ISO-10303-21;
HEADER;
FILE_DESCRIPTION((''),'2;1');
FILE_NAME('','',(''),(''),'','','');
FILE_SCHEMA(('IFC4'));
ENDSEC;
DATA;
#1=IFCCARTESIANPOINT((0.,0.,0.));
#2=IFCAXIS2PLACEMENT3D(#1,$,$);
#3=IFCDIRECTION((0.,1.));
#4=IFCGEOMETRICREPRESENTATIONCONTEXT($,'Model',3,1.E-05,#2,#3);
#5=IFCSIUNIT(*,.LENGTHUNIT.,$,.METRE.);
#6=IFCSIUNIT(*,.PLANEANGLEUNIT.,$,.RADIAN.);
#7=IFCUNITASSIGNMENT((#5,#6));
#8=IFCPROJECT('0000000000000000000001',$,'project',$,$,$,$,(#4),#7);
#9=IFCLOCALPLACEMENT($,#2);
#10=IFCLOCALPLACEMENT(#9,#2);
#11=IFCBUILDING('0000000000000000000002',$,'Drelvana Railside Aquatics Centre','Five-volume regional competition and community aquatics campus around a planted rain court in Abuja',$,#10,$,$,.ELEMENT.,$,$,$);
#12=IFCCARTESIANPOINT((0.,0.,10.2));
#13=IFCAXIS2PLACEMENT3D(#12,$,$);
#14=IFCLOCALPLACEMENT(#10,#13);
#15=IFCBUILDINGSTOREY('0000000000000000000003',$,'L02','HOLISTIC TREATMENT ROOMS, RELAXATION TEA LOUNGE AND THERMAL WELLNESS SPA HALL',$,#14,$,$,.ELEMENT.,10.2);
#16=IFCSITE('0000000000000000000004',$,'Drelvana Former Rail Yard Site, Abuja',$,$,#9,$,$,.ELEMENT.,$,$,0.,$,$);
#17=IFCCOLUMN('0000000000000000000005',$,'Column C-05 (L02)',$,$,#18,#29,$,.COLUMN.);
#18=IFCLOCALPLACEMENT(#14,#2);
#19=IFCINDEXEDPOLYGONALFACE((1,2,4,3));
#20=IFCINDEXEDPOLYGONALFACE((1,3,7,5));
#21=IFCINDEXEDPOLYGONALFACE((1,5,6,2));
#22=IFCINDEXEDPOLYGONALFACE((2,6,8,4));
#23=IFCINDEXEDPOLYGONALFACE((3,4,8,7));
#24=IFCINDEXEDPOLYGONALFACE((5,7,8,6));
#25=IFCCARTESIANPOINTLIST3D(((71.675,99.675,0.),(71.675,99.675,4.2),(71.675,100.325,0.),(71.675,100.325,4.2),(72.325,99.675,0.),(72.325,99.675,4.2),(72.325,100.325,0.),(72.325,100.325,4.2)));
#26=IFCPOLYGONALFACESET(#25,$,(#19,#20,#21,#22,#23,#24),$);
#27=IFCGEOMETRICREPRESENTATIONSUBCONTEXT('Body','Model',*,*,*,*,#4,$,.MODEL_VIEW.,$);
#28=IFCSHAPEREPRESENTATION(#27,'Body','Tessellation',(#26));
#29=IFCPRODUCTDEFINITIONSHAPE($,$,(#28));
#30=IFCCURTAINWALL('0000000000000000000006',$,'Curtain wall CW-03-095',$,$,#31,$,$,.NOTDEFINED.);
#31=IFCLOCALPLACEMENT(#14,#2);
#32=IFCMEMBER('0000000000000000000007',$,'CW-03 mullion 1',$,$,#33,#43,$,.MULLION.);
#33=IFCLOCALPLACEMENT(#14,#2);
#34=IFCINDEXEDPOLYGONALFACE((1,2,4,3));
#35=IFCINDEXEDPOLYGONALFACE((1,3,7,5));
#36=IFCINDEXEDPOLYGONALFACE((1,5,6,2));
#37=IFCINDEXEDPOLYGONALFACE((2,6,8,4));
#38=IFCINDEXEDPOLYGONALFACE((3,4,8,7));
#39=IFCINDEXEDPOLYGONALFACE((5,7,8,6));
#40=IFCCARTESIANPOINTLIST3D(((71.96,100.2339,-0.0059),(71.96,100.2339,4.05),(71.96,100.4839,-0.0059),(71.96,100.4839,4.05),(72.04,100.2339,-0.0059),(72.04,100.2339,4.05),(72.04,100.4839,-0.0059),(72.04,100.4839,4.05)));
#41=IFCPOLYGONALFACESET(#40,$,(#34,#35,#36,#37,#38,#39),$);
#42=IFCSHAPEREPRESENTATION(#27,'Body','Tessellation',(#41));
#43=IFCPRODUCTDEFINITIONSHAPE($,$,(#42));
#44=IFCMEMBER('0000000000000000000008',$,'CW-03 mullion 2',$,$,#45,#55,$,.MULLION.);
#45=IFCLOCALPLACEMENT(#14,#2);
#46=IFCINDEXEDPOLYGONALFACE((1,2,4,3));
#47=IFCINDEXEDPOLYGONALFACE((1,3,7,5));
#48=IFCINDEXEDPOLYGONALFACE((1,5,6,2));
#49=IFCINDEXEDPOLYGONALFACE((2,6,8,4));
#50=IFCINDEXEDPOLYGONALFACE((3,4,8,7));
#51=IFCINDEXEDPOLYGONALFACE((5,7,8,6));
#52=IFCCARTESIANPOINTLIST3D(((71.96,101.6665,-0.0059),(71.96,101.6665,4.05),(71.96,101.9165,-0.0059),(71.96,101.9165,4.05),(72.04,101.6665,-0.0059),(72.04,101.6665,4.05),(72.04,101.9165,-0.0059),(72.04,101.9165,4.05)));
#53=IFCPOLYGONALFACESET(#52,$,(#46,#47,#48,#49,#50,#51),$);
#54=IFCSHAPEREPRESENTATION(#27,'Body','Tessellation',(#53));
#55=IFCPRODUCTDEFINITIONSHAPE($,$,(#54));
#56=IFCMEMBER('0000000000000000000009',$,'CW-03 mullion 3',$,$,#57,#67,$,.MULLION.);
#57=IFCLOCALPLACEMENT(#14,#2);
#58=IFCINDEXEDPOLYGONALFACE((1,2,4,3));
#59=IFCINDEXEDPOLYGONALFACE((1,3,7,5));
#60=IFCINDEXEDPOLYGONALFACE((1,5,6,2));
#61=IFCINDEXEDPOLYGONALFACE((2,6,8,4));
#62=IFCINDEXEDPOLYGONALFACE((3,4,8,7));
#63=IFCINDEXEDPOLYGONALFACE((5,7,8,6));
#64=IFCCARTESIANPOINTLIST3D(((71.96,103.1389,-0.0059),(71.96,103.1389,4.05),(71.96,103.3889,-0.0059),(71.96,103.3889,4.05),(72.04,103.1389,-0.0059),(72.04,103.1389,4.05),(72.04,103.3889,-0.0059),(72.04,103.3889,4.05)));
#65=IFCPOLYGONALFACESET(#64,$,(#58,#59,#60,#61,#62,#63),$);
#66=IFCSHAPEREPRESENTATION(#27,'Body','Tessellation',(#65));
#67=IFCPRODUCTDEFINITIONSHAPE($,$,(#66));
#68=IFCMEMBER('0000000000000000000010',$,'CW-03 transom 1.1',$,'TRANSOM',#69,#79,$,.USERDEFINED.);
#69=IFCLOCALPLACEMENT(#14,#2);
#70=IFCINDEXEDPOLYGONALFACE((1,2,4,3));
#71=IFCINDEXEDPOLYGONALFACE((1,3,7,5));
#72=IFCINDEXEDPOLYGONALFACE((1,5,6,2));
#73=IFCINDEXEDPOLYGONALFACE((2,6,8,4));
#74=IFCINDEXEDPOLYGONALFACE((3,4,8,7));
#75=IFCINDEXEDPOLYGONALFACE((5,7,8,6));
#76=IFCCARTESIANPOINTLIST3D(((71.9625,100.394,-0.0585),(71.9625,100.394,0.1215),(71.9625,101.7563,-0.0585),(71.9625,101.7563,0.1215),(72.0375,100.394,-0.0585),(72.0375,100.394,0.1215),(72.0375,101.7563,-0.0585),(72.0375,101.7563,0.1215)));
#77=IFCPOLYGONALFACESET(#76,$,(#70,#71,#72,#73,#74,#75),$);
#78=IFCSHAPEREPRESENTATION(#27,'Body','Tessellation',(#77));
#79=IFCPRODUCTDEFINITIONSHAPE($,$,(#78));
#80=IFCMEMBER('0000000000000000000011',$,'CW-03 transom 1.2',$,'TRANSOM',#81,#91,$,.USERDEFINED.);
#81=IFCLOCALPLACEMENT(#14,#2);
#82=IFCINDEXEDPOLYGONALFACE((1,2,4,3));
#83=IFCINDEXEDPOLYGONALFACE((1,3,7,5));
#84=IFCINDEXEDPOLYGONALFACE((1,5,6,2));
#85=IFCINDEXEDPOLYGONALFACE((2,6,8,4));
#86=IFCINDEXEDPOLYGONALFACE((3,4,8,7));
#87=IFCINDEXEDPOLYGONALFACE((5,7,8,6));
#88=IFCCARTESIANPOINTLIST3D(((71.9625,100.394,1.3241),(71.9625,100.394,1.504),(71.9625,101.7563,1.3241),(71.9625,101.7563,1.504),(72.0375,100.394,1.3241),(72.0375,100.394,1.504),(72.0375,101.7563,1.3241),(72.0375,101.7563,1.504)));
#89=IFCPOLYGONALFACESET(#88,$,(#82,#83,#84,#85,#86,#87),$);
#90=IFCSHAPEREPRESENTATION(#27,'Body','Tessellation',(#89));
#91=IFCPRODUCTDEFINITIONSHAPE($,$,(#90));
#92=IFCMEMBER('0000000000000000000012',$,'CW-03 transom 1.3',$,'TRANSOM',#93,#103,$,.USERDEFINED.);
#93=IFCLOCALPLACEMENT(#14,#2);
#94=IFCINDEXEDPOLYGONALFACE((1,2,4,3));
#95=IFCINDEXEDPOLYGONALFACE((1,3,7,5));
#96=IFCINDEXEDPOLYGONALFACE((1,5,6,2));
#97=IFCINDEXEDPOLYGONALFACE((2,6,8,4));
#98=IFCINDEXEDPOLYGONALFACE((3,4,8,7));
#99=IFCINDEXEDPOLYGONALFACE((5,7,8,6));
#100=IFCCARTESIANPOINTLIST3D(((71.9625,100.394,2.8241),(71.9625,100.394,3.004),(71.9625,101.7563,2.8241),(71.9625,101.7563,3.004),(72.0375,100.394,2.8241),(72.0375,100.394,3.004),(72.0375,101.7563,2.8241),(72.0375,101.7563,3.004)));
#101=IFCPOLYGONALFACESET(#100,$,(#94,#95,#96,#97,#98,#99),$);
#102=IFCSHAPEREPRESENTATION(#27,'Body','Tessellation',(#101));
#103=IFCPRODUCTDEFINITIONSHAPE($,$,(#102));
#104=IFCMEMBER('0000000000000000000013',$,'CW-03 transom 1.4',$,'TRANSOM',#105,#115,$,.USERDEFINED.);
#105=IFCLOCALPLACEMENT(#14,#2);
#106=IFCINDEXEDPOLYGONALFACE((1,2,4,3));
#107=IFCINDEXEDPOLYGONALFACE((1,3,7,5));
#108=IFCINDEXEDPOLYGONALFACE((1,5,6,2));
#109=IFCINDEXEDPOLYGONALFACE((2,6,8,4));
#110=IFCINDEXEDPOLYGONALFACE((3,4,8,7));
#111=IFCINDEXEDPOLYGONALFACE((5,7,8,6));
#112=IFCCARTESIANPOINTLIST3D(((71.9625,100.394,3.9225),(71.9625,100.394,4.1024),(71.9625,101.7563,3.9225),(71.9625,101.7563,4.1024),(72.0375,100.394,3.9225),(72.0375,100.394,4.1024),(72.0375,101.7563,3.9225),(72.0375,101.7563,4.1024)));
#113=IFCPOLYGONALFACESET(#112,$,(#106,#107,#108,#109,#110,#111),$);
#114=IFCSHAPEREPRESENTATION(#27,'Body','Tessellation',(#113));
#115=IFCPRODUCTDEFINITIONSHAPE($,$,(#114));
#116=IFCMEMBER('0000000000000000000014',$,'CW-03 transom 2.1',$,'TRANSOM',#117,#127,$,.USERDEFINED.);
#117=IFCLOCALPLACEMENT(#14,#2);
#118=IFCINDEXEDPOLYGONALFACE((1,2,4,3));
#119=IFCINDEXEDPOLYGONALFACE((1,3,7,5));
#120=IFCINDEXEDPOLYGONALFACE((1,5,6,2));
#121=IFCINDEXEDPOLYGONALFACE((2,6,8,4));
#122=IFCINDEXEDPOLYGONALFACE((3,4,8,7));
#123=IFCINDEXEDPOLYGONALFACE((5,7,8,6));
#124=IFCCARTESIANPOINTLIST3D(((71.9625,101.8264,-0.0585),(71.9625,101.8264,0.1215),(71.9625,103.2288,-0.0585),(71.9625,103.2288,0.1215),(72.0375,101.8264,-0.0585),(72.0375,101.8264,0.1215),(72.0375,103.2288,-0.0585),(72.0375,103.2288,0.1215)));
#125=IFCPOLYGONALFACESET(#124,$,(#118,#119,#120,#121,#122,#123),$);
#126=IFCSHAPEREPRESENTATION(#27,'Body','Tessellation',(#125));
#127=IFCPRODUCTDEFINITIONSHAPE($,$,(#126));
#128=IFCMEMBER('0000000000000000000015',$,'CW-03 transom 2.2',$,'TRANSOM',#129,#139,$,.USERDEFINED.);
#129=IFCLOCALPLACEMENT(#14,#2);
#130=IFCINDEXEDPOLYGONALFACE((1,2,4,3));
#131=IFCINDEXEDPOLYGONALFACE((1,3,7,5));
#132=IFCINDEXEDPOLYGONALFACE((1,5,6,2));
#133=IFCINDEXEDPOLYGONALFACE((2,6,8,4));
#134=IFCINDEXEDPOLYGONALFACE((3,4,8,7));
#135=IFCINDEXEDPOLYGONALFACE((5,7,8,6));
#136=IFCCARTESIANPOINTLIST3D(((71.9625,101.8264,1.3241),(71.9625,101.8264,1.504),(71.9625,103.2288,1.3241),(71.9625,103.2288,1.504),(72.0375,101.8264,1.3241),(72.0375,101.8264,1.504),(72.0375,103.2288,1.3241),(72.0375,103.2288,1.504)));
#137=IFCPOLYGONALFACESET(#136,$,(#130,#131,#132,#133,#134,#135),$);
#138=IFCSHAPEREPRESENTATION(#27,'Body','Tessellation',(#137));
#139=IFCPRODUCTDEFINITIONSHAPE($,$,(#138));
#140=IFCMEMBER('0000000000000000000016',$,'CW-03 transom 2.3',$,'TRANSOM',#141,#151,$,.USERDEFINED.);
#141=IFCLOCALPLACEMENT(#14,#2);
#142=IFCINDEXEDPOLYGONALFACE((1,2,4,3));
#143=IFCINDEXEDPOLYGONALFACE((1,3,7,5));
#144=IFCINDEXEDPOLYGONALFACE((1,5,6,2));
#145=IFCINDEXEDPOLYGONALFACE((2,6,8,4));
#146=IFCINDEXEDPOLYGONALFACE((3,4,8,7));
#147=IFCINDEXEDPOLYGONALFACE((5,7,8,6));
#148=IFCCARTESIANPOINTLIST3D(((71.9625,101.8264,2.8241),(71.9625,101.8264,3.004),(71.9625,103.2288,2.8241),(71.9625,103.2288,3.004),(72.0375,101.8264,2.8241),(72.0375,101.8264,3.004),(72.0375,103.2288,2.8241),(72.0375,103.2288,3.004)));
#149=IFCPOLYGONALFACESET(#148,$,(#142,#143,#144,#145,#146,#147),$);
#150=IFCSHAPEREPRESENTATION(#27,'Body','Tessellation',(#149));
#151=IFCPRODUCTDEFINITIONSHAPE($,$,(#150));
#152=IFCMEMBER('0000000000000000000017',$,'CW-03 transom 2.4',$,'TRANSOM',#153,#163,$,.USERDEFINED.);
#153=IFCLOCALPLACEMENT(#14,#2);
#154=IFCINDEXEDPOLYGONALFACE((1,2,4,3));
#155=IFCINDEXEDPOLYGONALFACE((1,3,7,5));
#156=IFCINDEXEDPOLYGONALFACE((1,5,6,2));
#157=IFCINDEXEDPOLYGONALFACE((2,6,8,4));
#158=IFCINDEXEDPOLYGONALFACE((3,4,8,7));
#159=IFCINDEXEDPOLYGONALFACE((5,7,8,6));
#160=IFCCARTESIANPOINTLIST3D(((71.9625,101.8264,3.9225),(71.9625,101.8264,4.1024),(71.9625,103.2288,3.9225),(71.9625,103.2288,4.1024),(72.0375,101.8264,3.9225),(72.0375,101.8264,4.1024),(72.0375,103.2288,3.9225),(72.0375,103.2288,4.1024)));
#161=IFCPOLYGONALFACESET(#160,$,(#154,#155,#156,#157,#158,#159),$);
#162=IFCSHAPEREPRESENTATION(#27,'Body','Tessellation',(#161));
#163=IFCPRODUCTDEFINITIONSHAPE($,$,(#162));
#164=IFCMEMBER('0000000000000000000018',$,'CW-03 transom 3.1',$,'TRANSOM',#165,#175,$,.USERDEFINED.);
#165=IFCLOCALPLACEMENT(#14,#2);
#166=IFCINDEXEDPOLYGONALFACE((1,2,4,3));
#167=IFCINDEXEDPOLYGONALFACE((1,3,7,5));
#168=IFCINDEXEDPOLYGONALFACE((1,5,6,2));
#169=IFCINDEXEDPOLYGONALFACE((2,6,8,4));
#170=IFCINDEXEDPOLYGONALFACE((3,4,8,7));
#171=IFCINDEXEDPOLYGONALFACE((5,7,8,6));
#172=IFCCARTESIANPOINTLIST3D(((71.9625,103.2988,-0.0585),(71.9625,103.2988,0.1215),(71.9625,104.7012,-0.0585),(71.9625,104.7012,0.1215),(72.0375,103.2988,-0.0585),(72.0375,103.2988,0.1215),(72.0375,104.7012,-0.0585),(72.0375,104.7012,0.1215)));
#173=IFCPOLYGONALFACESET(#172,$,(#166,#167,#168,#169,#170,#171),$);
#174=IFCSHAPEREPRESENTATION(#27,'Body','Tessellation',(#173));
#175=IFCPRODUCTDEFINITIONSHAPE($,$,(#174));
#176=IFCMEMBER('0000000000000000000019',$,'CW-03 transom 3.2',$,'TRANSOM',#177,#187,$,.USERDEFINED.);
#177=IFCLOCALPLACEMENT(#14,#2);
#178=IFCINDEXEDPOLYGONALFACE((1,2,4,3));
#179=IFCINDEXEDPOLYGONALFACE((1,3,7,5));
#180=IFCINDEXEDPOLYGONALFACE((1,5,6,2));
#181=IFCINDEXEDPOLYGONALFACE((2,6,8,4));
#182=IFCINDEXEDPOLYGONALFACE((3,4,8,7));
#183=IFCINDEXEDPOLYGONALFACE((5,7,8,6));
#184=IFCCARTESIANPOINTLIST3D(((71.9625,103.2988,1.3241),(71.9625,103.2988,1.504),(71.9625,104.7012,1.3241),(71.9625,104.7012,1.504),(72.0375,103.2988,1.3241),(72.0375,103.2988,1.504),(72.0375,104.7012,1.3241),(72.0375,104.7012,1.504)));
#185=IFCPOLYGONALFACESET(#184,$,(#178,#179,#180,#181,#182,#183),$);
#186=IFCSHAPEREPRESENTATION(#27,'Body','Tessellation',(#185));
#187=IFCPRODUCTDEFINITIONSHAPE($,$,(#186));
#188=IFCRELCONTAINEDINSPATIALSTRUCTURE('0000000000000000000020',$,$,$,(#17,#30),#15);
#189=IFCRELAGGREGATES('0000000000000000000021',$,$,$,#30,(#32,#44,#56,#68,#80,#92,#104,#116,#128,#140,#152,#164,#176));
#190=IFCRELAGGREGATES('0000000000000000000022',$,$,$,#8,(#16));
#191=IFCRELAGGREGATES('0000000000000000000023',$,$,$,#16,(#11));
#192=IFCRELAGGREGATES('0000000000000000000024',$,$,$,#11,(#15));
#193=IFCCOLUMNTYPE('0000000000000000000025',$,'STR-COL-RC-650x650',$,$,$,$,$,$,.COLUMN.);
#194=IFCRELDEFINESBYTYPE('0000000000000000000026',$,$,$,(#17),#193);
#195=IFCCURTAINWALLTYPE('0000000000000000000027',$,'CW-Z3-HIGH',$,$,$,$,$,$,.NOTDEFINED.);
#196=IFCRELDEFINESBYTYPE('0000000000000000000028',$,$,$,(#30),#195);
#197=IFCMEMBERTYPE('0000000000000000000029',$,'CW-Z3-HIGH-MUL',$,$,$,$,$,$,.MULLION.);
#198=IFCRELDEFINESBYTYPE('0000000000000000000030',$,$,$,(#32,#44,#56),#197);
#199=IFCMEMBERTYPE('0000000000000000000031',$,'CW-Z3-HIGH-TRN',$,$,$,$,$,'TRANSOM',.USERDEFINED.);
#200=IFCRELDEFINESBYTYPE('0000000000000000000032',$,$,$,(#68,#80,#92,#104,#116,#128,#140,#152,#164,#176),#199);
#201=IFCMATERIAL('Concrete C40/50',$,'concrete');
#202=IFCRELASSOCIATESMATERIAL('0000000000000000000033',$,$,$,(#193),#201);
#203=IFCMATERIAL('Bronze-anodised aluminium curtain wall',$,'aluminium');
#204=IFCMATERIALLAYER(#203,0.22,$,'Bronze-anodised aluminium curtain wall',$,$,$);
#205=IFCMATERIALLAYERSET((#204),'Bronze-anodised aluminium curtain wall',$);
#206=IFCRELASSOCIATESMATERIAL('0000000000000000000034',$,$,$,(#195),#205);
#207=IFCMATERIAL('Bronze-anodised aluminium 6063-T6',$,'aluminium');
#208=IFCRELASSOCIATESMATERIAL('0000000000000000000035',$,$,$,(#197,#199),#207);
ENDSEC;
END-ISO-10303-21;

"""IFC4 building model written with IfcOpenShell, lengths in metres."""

from ifc_helpers import new_model, si_unit, direction, frame, origin, origin_2d, place, context, subcontext, project, spatial, rectangle, extrude, material, layer, layer_set, material_profile, profile_set, type_object, element, aggregate, save


model = new_model("IFC4")

# Units and contexts
model_context = context("Model", 3, precision=1e-05, world=origin(), true_north=direction((0.0, 1.0)))
body_context = subcontext(model_context, "Body", "Model", "MODEL_VIEW")
ifc_project = project(units=[si_unit("LENGTHUNIT", "METRE"), si_unit("PLANEANGLEUNIT", "RADIAN")], contexts=[model_context])

# Site, building, storey
site_placement = place(None, origin())
site = spatial("IfcSite", under=ifc_project, at=site_placement, Name="Drelvana Former Rail Yard Site, Abuja", CompositionType="ELEMENT", RefElevation=0.0)
building_placement = place(site_placement, origin())
building = spatial("IfcBuilding", under=site, at=building_placement, Name="Drelvana Railside Aquatics Centre", Description="Five-volume regional competition and community aquatics campus around a planted rain court in Abuja", CompositionType="ELEMENT")
storey_placement = place(building_placement, frame((0.0, 0.0, 10.2)))
storey = spatial("IfcBuildingStorey", under=building, at=storey_placement, Name="L02", Description="HOLISTIC TREATMENT ROOMS, RELAXATION TEA LOUNGE AND THERMAL WELLNESS SPA HALL", CompositionType="ELEMENT", Elevation=10.2)

# Column
ifc_material_1 = material(Name="Concrete C40/50", Category="concrete")
ifc_material_profile_1 = material_profile(ifc_material_1, rectangle(XDim=0.6499, YDim=0.6499, at=origin_2d()), Name="RC 650x650")
ifc_profile_set_1 = profile_set([ifc_material_profile_1], Name="Concrete C40/50")
column_type = type_object("IfcColumnType", Name="STR-COL-RC-650x650", PredefinedType="COLUMN", material=ifc_profile_set_1)
column_placement = place(storey_placement, frame((72.0, 100.0, 0.0), z_axis=(0.0, 0.0, 1.0), x_axis=(1.0, 0.0, 0.0)))
element("IfcColumn", 1, at=column_placement, inside=storey, type_object=column_type, Name="Column C-05 (L02)", PredefinedType="COLUMN", context=body_context, shape_type="SweptSolid", body=[
    extrude(rectangle(XDim=0.6499, YDim=0.6499, at=origin_2d()), origin(), (0.0, 0.0, 1.0), 4.2),
])

# Curtain wall, members
ifc_material_2 = material(Name="Bronze-anodised aluminium curtain wall", Category="aluminium")
ifc_layer_1 = layer(ifc_material_2, 0.22, Name="Bronze-anodised aluminium curtain wall")
ifc_layer_set_1 = layer_set([ifc_layer_1], Name="Bronze-anodised aluminium curtain wall")
curtain_wall_type = type_object("IfcCurtainWallType", Name="CW-Z3-HIGH", PredefinedType="NOTDEFINED", material=ifc_layer_set_1)
curtain_wall_placement = place(storey_placement, origin())
curtain_wall = element("IfcCurtainWall", 2, at=curtain_wall_placement, inside=storey, type_object=curtain_wall_type, Name="Curtain wall CW-03-095", PredefinedType="NOTDEFINED")
ifc_material_3 = material(Name="Bronze-anodised aluminium 6063-T6", Category="aluminium")
ifc_material_profile_2 = material_profile(ifc_material_3, rectangle(XDim=0.0801, YDim=0.25, at=origin_2d()), Name="ALU-M 80x250")
ifc_profile_set_2 = profile_set([ifc_material_profile_2], Name="Bronze-anodised aluminium 6063-T6")
member_type_1 = type_object("IfcMemberType", Name="CW-Z3-HIGH-MUL", PredefinedType="MULLION", material=ifc_profile_set_2)
member_1_placement = place(storey_placement, frame((72.0, 100.3589, -0.0059), z_axis=(0.0, 0.0, 1.0), x_axis=(-1.0, 0.0, 0.0)))
member_1 = element("IfcMember", 3, at=member_1_placement, type_object=member_type_1, Name="CW-03 mullion 1", PredefinedType="MULLION", context=body_context, shape_type="SweptSolid", body=[
    extrude(rectangle(XDim=0.0801, YDim=0.25, at=origin_2d()), origin(), (0.0, 0.0, 1.0), 4.0559),
])
member_2_placement = place(storey_placement, frame((72.0, 101.7915, -0.0059), z_axis=(0.0, 0.0, 1.0), x_axis=(-1.0, 0.0, 0.0)))
member_2 = element("IfcMember", 4, at=member_2_placement, type_object=member_type_1, Name="CW-03 mullion 2", PredefinedType="MULLION", context=body_context, shape_type="SweptSolid", body=[
    extrude(rectangle(XDim=0.0801, YDim=0.25, at=origin_2d()), origin(), (0.0, 0.0, 1.0), 4.0559),
])
member_3_placement = place(storey_placement, frame((72.0, 103.2639, -0.0059), z_axis=(0.0, 0.0, 1.0), x_axis=(-1.0, 0.0, 0.0)))
member_3 = element("IfcMember", 5, at=member_3_placement, type_object=member_type_1, Name="CW-03 mullion 3", PredefinedType="MULLION", context=body_context, shape_type="SweptSolid", body=[
    extrude(rectangle(XDim=0.0801, YDim=0.25, at=origin_2d()), origin(), (0.0, 0.0, 1.0), 4.0559),
])
ifc_material_profile_3 = material_profile(ifc_material_3, rectangle(XDim=0.1799, YDim=0.075, at=origin_2d()), Name="ALU-T 75x180")
ifc_profile_set_3 = profile_set([ifc_material_profile_3], Name="Bronze-anodised aluminium 6063-T6")
member_type_2 = type_object("IfcMemberType", Name="CW-Z3-HIGH-TRN", ElementType="TRANSOM", PredefinedType="USERDEFINED", material=ifc_profile_set_3)
member_4_placement = place(storey_placement, frame((72.0, 100.394, 0.0315), z_axis=(0.0, 1.0, 0.0), x_axis=(0.0, 0.0, 1.0)))
member_4 = element("IfcMember", 6, at=member_4_placement, type_object=member_type_2, Name="CW-03 transom 1.1", ObjectType="TRANSOM", PredefinedType="USERDEFINED", context=body_context, shape_type="SweptSolid", body=[
    extrude(rectangle(XDim=0.1799, YDim=0.075, at=origin_2d()), origin(), (0.0, 0.0, 1.0), 1.3623),
])
member_5_placement = place(storey_placement, frame((72.0, 100.394, 1.4141), z_axis=(0.0, 1.0, 0.0), x_axis=(0.0, 0.0, 1.0)))
member_5 = element("IfcMember", 7, at=member_5_placement, type_object=member_type_2, Name="CW-03 transom 1.2", ObjectType="TRANSOM", PredefinedType="USERDEFINED", context=body_context, shape_type="SweptSolid", body=[
    extrude(rectangle(XDim=0.1799, YDim=0.075, at=origin_2d()), origin(), (0.0, 0.0, 1.0), 1.3623),
])
member_6_placement = place(storey_placement, frame((72.0, 100.394, 2.9141), z_axis=(0.0, 1.0, 0.0), x_axis=(0.0, 0.0, 1.0)))
member_6 = element("IfcMember", 8, at=member_6_placement, type_object=member_type_2, Name="CW-03 transom 1.3", ObjectType="TRANSOM", PredefinedType="USERDEFINED", context=body_context, shape_type="SweptSolid", body=[
    extrude(rectangle(XDim=0.1799, YDim=0.075, at=origin_2d()), origin(), (0.0, 0.0, 1.0), 1.3623),
])
member_7_placement = place(storey_placement, frame((72.0, 100.394, 4.0125), z_axis=(0.0, 1.0, 0.0), x_axis=(0.0, 0.0, 1.0)))
member_7 = element("IfcMember", 9, at=member_7_placement, type_object=member_type_2, Name="CW-03 transom 1.4", ObjectType="TRANSOM", PredefinedType="USERDEFINED", context=body_context, shape_type="SweptSolid", body=[
    extrude(rectangle(XDim=0.1799, YDim=0.075, at=origin_2d()), origin(), (0.0, 0.0, 1.0), 1.3623),
])
member_8_placement = place(storey_placement, frame((72.0, 101.8264, 0.0315), z_axis=(0.0, 1.0, 0.0), x_axis=(0.0, 0.0, 1.0)))
member_8 = element("IfcMember", 10, at=member_8_placement, type_object=member_type_2, Name="CW-03 transom 2.1", ObjectType="TRANSOM", PredefinedType="USERDEFINED", context=body_context, shape_type="SweptSolid", body=[
    extrude(rectangle(XDim=0.1799, YDim=0.075, at=origin_2d()), origin(), (0.0, 0.0, 1.0), 1.4023),
])
member_9_placement = place(storey_placement, frame((72.0, 101.8264, 1.4141), z_axis=(0.0, 1.0, 0.0), x_axis=(0.0, 0.0, 1.0)))
member_9 = element("IfcMember", 11, at=member_9_placement, type_object=member_type_2, Name="CW-03 transom 2.2", ObjectType="TRANSOM", PredefinedType="USERDEFINED", context=body_context, shape_type="SweptSolid", body=[
    extrude(rectangle(XDim=0.1799, YDim=0.075, at=origin_2d()), origin(), (0.0, 0.0, 1.0), 1.4023),
])
member_10_placement = place(storey_placement, frame((72.0, 101.8264, 2.9141), z_axis=(0.0, 1.0, 0.0), x_axis=(0.0, 0.0, 1.0)))
member_10 = element("IfcMember", 12, at=member_10_placement, type_object=member_type_2, Name="CW-03 transom 2.3", ObjectType="TRANSOM", PredefinedType="USERDEFINED", context=body_context, shape_type="SweptSolid", body=[
    extrude(rectangle(XDim=0.1799, YDim=0.075, at=origin_2d()), origin(), (0.0, 0.0, 1.0), 1.4023),
])
member_11_placement = place(storey_placement, frame((72.0, 101.8264, 4.0125), z_axis=(0.0, 1.0, 0.0), x_axis=(0.0, 0.0, 1.0)))
member_11 = element("IfcMember", 13, at=member_11_placement, type_object=member_type_2, Name="CW-03 transom 2.4", ObjectType="TRANSOM", PredefinedType="USERDEFINED", context=body_context, shape_type="SweptSolid", body=[
    extrude(rectangle(XDim=0.1799, YDim=0.075, at=origin_2d()), origin(), (0.0, 0.0, 1.0), 1.4023),
])
member_12_placement = place(storey_placement, frame((72.0, 103.2988, 0.0315), z_axis=(0.0, 1.0, 0.0), x_axis=(0.0, 0.0, 1.0)))
member_12 = element("IfcMember", 14, at=member_12_placement, type_object=member_type_2, Name="CW-03 transom 3.1", ObjectType="TRANSOM", PredefinedType="USERDEFINED", context=body_context, shape_type="SweptSolid", body=[
    extrude(rectangle(XDim=0.1799, YDim=0.075, at=origin_2d()), origin(), (0.0, 0.0, 1.0), 1.4023),
])
member_13_placement = place(storey_placement, frame((72.0, 103.2988, 1.4141), z_axis=(0.0, 1.0, 0.0), x_axis=(0.0, 0.0, 1.0)))
member_13 = element("IfcMember", 15, at=member_13_placement, type_object=member_type_2, Name="CW-03 transom 3.2", ObjectType="TRANSOM", PredefinedType="USERDEFINED", context=body_context, shape_type="SweptSolid", body=[
    extrude(rectangle(XDim=0.1799, YDim=0.075, at=origin_2d()), origin(), (0.0, 0.0, 1.0), 1.4023),
])
aggregate(curtain_wall, [member_1, member_2, member_3, member_4, member_5, member_6, member_7, member_8, member_9, member_10, member_11, member_12, member_13])

save(model, "model.ifc")
